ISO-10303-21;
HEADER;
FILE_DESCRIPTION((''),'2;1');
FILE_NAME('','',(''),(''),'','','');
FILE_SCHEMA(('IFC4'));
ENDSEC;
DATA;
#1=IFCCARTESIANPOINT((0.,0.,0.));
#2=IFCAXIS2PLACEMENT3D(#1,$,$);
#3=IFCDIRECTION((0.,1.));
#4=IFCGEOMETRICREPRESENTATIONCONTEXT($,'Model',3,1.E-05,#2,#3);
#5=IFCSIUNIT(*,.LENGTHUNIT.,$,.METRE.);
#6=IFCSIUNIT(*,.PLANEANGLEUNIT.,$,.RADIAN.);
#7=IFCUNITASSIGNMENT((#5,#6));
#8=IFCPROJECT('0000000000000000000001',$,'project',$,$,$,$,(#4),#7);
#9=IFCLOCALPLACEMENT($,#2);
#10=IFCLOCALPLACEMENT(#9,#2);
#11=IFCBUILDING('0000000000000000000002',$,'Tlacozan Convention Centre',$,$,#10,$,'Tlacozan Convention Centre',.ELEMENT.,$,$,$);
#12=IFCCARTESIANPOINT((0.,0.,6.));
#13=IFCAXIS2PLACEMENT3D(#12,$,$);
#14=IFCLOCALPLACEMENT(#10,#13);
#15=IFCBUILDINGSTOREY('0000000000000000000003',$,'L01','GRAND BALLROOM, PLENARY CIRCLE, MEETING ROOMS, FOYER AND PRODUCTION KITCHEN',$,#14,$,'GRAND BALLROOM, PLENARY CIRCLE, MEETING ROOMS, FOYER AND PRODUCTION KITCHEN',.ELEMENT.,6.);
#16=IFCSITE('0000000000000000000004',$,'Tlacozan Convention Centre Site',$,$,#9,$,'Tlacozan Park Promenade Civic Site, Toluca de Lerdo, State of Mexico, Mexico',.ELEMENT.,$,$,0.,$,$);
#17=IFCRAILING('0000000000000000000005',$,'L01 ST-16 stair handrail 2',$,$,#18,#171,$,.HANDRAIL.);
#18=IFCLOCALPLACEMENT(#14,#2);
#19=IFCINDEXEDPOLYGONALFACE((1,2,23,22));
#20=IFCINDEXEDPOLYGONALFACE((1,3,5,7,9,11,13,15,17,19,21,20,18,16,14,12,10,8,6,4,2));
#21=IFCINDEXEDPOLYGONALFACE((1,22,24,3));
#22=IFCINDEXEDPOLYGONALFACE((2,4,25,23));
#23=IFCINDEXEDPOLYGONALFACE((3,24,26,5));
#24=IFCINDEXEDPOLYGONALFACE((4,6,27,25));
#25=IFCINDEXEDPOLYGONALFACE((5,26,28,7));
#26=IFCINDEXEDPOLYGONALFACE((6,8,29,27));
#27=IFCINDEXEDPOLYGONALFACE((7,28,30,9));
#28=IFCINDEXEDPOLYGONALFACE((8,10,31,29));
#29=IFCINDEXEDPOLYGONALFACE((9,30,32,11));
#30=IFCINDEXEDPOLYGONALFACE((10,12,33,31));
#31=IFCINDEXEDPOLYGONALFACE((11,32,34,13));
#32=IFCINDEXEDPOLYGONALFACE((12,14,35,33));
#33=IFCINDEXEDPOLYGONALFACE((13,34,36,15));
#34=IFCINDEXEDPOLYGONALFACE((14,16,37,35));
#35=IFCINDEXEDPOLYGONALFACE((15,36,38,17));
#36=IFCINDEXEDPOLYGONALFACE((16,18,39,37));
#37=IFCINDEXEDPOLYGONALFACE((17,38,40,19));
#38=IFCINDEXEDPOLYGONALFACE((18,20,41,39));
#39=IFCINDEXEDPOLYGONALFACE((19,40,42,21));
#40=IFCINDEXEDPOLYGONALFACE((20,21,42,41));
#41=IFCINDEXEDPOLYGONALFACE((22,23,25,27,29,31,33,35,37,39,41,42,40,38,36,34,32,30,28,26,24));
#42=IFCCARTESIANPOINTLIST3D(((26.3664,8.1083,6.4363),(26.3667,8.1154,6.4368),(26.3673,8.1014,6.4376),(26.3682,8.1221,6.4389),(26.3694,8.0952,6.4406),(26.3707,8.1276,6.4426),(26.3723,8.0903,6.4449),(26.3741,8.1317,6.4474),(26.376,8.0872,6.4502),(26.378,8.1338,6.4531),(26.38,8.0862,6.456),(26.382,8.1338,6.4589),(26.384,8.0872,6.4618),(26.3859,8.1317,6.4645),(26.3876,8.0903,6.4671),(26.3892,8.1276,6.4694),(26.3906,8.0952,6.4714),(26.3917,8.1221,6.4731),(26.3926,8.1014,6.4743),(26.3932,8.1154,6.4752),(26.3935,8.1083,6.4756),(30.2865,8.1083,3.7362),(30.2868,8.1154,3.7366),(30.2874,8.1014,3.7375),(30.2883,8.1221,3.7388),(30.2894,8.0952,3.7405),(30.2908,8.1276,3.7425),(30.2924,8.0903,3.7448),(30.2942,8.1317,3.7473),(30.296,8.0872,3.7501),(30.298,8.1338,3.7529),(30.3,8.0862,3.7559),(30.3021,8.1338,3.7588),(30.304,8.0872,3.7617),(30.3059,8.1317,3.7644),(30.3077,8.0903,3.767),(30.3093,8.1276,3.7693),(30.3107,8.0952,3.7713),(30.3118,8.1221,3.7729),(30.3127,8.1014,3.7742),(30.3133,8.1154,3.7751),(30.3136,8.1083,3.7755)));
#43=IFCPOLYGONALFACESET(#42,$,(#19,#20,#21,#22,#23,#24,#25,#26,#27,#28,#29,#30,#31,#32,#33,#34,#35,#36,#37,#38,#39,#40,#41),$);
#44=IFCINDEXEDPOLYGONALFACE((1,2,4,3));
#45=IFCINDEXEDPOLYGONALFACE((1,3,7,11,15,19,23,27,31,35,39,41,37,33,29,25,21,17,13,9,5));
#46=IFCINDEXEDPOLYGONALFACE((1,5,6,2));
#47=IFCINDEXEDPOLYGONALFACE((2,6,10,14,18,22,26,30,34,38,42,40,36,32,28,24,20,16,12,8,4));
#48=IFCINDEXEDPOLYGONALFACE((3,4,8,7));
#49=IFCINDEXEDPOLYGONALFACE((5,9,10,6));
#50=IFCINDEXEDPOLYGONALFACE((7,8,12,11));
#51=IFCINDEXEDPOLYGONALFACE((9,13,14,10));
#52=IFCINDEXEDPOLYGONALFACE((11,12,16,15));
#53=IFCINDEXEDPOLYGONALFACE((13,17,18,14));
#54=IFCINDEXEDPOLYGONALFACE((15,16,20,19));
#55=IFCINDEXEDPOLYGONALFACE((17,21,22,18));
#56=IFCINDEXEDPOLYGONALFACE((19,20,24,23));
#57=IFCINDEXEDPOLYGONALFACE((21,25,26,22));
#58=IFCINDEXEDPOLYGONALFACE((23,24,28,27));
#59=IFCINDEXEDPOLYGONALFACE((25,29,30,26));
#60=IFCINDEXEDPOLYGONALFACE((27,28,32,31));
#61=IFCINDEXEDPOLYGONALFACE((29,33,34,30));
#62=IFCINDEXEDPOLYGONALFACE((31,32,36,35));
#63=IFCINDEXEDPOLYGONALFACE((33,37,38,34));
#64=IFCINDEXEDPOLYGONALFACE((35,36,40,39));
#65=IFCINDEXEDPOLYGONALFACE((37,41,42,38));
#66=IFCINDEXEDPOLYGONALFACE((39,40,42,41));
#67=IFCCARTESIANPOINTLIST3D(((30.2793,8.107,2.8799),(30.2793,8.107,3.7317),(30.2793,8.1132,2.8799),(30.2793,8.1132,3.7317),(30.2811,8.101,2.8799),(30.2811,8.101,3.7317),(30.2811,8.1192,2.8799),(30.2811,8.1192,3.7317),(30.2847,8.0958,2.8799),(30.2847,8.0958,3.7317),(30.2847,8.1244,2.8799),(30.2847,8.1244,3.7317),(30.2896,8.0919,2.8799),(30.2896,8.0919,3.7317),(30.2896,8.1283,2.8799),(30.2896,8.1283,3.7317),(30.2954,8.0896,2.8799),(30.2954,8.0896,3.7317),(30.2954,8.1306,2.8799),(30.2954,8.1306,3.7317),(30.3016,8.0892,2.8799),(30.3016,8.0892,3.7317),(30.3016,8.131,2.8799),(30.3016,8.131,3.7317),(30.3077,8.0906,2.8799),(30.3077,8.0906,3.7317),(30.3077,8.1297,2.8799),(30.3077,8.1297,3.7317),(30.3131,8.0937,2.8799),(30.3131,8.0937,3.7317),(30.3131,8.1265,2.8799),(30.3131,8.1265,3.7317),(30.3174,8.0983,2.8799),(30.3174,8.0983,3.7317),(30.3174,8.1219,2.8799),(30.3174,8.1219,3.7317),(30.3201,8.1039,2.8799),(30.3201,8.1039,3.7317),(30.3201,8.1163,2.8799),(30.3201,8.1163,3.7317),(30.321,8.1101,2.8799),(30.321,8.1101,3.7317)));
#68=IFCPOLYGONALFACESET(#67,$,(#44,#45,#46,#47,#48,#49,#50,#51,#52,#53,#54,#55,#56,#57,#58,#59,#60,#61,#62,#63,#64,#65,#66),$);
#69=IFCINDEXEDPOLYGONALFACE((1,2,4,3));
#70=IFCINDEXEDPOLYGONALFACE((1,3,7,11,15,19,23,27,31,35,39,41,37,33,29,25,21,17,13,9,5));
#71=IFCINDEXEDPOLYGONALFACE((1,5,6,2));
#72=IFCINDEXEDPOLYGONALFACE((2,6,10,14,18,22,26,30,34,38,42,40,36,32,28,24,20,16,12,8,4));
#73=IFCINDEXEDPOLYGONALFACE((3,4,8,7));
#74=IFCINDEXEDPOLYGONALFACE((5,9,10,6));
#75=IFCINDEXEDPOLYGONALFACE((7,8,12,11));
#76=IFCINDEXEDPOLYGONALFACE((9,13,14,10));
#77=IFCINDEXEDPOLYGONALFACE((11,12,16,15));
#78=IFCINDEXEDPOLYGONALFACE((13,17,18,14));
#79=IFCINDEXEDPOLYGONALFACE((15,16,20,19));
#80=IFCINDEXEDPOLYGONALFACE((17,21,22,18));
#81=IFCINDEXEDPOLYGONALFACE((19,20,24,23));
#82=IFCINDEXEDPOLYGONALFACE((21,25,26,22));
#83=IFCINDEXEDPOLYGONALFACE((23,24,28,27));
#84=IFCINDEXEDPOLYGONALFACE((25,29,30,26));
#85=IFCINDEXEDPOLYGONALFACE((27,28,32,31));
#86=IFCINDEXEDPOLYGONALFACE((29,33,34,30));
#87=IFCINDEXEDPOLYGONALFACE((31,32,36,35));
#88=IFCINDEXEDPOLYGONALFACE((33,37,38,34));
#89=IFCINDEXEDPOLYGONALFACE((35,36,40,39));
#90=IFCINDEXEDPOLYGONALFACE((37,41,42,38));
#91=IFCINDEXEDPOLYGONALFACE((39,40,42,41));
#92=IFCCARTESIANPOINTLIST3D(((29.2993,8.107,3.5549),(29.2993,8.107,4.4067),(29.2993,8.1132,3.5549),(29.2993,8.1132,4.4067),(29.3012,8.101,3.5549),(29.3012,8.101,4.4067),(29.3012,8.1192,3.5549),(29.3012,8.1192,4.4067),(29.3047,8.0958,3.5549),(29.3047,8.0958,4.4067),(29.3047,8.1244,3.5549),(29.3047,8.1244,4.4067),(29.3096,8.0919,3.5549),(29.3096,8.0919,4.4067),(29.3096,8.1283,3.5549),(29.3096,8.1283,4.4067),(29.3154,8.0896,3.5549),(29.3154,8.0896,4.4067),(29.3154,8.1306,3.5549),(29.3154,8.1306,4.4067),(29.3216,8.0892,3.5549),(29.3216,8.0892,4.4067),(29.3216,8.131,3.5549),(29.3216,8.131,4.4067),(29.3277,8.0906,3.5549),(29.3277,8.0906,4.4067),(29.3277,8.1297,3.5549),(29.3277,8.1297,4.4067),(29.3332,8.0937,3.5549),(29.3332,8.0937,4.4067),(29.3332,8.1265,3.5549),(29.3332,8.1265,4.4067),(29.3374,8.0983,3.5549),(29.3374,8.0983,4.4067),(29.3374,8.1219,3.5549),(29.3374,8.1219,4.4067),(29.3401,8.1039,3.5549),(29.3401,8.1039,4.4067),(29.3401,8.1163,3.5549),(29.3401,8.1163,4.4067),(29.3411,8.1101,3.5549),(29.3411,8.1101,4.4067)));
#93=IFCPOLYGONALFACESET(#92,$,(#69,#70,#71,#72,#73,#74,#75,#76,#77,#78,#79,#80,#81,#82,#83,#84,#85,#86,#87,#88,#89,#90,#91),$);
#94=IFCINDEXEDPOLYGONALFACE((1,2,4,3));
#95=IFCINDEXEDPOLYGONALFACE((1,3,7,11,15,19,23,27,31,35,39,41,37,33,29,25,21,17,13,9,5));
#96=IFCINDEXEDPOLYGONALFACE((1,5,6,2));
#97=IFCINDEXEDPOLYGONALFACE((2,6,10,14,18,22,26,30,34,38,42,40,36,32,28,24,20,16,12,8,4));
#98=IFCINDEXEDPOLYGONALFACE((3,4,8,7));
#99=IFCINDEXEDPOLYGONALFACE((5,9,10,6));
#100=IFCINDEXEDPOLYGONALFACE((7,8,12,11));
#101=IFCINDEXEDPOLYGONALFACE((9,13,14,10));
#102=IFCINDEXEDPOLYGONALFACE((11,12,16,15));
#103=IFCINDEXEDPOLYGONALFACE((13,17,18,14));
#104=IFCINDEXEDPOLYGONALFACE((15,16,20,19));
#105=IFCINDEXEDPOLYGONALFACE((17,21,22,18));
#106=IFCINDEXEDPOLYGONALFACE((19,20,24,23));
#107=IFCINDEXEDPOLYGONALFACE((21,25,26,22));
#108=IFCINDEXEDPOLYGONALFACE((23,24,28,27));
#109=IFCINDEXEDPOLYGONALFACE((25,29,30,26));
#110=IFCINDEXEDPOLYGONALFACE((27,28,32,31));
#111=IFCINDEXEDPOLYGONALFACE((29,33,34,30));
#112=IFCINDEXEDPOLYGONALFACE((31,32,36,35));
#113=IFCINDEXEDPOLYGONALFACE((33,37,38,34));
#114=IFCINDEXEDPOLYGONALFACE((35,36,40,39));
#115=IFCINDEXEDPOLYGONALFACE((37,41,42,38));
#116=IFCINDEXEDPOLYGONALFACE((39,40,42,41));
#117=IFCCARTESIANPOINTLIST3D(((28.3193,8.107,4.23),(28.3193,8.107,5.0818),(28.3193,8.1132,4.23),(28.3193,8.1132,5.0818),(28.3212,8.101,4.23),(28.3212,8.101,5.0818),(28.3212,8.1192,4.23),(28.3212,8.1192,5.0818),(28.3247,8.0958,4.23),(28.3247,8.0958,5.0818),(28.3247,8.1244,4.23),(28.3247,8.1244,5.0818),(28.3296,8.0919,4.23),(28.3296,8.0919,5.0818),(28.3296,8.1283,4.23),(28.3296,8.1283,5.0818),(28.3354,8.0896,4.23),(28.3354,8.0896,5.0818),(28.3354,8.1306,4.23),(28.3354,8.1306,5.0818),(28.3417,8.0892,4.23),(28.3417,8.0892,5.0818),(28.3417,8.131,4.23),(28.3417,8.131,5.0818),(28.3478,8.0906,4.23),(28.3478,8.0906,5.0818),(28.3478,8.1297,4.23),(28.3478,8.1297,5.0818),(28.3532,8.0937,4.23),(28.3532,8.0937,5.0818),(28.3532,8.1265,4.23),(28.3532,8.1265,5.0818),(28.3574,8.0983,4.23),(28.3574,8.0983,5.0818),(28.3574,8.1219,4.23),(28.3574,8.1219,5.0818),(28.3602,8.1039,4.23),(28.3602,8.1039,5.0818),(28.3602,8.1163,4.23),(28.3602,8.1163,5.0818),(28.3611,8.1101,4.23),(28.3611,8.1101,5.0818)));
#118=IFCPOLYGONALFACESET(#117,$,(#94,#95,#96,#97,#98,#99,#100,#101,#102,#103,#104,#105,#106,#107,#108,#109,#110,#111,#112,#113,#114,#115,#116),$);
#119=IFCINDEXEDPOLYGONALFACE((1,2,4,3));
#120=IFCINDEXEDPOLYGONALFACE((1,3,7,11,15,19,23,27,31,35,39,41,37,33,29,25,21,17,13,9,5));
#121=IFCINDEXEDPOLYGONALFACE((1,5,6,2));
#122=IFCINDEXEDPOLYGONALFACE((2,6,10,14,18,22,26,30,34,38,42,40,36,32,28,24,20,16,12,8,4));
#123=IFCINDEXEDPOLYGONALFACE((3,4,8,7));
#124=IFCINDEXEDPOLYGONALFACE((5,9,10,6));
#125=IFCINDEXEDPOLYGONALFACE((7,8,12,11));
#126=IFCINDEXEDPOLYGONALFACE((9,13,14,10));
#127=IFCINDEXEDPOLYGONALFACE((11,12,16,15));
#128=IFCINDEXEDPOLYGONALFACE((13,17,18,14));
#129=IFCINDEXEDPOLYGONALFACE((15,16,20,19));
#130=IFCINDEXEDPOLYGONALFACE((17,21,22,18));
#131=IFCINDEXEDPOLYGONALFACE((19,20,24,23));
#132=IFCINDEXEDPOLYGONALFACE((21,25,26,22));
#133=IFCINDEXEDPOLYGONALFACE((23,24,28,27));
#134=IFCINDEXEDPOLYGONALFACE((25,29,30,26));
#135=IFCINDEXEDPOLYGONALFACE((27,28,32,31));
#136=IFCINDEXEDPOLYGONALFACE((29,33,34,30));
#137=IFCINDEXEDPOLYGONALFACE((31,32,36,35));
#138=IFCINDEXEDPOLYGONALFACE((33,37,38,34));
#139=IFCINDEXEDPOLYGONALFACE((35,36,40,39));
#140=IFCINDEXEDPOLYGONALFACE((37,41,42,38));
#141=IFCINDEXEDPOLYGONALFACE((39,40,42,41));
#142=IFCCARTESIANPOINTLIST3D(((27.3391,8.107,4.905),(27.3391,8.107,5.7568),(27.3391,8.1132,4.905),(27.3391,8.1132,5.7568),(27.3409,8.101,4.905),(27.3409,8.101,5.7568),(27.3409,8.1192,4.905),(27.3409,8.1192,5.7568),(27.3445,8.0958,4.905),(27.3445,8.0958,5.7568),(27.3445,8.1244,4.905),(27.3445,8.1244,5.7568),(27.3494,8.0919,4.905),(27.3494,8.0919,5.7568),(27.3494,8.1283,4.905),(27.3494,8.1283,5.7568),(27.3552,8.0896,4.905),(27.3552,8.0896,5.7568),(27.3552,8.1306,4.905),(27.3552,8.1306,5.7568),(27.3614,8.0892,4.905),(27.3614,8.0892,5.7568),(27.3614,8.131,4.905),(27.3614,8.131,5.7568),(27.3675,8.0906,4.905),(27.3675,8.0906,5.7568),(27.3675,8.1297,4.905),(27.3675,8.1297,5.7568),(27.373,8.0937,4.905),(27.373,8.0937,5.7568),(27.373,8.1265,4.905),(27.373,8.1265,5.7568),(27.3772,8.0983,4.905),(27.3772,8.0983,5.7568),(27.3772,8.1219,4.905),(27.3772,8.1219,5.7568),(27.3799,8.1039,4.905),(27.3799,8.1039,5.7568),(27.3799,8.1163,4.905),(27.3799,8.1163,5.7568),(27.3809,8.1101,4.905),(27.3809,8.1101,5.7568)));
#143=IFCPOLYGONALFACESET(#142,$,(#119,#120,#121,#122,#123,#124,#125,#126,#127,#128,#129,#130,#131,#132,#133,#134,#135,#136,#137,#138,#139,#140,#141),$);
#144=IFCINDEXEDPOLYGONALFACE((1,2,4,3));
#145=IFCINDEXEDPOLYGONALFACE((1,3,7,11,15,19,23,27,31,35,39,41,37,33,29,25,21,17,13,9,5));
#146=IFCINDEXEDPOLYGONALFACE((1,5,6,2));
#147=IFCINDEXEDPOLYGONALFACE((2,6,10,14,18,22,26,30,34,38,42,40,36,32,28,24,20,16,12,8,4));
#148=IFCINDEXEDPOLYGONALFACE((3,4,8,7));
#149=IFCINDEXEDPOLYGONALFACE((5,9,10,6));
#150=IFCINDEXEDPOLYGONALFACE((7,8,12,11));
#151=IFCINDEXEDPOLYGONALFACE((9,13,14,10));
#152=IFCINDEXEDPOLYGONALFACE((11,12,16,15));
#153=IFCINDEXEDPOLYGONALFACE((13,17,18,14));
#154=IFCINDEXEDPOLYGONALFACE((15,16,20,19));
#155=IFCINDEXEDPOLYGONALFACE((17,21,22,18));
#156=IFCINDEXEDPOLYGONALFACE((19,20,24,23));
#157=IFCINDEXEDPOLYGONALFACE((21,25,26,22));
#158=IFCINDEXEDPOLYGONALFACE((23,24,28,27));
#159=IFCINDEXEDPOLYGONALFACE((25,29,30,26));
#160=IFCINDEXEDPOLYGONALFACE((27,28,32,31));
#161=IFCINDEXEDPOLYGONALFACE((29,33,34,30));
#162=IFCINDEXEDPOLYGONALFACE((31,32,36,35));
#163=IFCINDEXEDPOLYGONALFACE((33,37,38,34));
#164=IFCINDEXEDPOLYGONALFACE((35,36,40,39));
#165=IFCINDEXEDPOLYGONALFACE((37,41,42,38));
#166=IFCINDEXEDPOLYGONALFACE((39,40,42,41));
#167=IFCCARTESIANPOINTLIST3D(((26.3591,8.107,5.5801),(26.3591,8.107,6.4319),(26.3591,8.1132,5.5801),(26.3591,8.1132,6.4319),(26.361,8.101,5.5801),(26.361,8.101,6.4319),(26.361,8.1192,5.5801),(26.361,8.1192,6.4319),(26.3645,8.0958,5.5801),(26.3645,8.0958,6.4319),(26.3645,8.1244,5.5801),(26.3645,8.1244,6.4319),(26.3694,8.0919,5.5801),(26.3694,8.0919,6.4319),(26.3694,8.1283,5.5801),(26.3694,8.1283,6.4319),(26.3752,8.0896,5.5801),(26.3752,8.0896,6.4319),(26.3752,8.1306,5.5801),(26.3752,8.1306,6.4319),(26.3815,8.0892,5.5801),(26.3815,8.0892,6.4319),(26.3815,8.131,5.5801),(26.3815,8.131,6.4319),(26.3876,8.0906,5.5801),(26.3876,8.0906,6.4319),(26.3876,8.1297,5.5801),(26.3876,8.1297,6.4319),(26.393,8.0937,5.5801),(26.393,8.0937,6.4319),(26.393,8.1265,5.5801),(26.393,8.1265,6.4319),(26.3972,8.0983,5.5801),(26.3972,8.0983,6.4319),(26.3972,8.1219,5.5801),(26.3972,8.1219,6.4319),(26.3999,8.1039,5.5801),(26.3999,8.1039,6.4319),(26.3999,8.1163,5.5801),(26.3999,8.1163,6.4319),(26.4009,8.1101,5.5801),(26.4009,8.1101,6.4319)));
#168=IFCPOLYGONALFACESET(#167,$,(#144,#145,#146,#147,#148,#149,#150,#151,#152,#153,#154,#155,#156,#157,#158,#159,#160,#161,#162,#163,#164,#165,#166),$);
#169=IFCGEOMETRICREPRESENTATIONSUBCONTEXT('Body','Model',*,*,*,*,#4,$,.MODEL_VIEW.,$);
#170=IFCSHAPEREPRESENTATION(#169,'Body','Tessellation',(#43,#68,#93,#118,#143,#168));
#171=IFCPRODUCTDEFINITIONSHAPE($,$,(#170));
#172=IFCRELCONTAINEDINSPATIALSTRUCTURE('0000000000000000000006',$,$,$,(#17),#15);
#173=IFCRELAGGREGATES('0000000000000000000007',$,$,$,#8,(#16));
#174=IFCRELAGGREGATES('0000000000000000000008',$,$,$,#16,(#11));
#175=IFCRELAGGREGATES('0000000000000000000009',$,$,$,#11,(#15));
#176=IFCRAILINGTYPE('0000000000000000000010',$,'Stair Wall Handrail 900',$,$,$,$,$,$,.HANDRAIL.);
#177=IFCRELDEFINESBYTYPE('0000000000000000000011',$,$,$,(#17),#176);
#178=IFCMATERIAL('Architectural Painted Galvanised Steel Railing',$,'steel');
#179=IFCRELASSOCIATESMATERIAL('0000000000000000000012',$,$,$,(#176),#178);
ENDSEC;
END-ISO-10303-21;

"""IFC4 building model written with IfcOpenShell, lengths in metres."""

from ifc_helpers import new_model, si_unit, direction, frame, origin, origin_2d, place, context, subcontext, project, spatial, circle, extrude, material, type_object, element, save


model = new_model("IFC4")

# Units and contexts
model_context = context("Model", 3, precision=1e-05, world=origin(), true_north=direction((0.0, 1.0)))
body_context = subcontext(model_context, "Body", "Model", "MODEL_VIEW")
ifc_project = project(units=[si_unit("LENGTHUNIT", "METRE"), si_unit("PLANEANGLEUNIT", "RADIAN")], contexts=[model_context])

# Site, building, storey
site_placement = place(None, origin())
site = spatial("IfcSite", under=ifc_project, at=site_placement, Name="Tlacozan Convention Centre Site", LongName="Tlacozan Park Promenade Civic Site, Toluca de Lerdo, State of Mexico, Mexico", CompositionType="ELEMENT", RefElevation=0.0)
building_placement = place(site_placement, origin())
building = spatial("IfcBuilding", under=site, at=building_placement, Name="Tlacozan Convention Centre", LongName="Tlacozan Convention Centre", CompositionType="ELEMENT")
storey_placement = place(building_placement, frame((0.0, 0.0, 6.0)))
storey = spatial("IfcBuildingStorey", under=building, at=storey_placement, Name="L01", Description="GRAND BALLROOM, PLENARY CIRCLE, MEETING ROOMS, FOYER AND PRODUCTION KITCHEN", LongName="GRAND BALLROOM, PLENARY CIRCLE, MEETING ROOMS, FOYER AND PRODUCTION KITCHEN", CompositionType="ELEMENT", Elevation=6.0)

# Railing
ifc_material_1 = material(Name="Architectural Painted Galvanised Steel Railing", Category="steel")
railing_type_1 = type_object("IfcRailingType", Name="Stair Wall Handrail 900", PredefinedType="HANDRAIL", material=ifc_material_1)
railing_1_placement = place(storey_placement, frame((30.3, 8.1101, 2.8799)))
element("IfcRailing", 1, at=railing_1_placement, inside=storey, type_object=railing_type_1, Name="L01 ST-16 stair handrail 2", PredefinedType="HANDRAIL", context=body_context, shape_type="SweptSolid", body=[
    extrude(circle(Radius=0.0239, at=origin_2d()), frame((0.0, 0.0, 0.876), z_axis=(-0.823543, 0.0, 0.567253), x_axis=(0.0, -1.0, 0.0)), (0.0, 0.0, 1.0), 4.76),
    extrude(circle(Radius=0.021, at=origin_2d()), origin(), (0.0, 0.0, 1.0), 0.8518),
    extrude(circle(Radius=0.021, at=origin_2d()), frame((-0.98, 0.0, 0.675)), (0.0, 0.0, 1.0), 0.8518),
    extrude(circle(Radius=0.021, at=origin_2d()), frame((-1.96, 0.0, 1.3501)), (0.0, 0.0, 1.0), 0.8518),
    extrude(circle(Radius=0.021, at=origin_2d()), frame((-2.9402, 0.0, 2.0251)), (0.0, 0.0, 1.0), 0.8518),
    extrude(circle(Radius=0.021, at=origin_2d()), frame((-3.9202, 0.0, 2.7002)), (0.0, 0.0, 1.0), 0.8518),
])

save(model, "model.ifc")
